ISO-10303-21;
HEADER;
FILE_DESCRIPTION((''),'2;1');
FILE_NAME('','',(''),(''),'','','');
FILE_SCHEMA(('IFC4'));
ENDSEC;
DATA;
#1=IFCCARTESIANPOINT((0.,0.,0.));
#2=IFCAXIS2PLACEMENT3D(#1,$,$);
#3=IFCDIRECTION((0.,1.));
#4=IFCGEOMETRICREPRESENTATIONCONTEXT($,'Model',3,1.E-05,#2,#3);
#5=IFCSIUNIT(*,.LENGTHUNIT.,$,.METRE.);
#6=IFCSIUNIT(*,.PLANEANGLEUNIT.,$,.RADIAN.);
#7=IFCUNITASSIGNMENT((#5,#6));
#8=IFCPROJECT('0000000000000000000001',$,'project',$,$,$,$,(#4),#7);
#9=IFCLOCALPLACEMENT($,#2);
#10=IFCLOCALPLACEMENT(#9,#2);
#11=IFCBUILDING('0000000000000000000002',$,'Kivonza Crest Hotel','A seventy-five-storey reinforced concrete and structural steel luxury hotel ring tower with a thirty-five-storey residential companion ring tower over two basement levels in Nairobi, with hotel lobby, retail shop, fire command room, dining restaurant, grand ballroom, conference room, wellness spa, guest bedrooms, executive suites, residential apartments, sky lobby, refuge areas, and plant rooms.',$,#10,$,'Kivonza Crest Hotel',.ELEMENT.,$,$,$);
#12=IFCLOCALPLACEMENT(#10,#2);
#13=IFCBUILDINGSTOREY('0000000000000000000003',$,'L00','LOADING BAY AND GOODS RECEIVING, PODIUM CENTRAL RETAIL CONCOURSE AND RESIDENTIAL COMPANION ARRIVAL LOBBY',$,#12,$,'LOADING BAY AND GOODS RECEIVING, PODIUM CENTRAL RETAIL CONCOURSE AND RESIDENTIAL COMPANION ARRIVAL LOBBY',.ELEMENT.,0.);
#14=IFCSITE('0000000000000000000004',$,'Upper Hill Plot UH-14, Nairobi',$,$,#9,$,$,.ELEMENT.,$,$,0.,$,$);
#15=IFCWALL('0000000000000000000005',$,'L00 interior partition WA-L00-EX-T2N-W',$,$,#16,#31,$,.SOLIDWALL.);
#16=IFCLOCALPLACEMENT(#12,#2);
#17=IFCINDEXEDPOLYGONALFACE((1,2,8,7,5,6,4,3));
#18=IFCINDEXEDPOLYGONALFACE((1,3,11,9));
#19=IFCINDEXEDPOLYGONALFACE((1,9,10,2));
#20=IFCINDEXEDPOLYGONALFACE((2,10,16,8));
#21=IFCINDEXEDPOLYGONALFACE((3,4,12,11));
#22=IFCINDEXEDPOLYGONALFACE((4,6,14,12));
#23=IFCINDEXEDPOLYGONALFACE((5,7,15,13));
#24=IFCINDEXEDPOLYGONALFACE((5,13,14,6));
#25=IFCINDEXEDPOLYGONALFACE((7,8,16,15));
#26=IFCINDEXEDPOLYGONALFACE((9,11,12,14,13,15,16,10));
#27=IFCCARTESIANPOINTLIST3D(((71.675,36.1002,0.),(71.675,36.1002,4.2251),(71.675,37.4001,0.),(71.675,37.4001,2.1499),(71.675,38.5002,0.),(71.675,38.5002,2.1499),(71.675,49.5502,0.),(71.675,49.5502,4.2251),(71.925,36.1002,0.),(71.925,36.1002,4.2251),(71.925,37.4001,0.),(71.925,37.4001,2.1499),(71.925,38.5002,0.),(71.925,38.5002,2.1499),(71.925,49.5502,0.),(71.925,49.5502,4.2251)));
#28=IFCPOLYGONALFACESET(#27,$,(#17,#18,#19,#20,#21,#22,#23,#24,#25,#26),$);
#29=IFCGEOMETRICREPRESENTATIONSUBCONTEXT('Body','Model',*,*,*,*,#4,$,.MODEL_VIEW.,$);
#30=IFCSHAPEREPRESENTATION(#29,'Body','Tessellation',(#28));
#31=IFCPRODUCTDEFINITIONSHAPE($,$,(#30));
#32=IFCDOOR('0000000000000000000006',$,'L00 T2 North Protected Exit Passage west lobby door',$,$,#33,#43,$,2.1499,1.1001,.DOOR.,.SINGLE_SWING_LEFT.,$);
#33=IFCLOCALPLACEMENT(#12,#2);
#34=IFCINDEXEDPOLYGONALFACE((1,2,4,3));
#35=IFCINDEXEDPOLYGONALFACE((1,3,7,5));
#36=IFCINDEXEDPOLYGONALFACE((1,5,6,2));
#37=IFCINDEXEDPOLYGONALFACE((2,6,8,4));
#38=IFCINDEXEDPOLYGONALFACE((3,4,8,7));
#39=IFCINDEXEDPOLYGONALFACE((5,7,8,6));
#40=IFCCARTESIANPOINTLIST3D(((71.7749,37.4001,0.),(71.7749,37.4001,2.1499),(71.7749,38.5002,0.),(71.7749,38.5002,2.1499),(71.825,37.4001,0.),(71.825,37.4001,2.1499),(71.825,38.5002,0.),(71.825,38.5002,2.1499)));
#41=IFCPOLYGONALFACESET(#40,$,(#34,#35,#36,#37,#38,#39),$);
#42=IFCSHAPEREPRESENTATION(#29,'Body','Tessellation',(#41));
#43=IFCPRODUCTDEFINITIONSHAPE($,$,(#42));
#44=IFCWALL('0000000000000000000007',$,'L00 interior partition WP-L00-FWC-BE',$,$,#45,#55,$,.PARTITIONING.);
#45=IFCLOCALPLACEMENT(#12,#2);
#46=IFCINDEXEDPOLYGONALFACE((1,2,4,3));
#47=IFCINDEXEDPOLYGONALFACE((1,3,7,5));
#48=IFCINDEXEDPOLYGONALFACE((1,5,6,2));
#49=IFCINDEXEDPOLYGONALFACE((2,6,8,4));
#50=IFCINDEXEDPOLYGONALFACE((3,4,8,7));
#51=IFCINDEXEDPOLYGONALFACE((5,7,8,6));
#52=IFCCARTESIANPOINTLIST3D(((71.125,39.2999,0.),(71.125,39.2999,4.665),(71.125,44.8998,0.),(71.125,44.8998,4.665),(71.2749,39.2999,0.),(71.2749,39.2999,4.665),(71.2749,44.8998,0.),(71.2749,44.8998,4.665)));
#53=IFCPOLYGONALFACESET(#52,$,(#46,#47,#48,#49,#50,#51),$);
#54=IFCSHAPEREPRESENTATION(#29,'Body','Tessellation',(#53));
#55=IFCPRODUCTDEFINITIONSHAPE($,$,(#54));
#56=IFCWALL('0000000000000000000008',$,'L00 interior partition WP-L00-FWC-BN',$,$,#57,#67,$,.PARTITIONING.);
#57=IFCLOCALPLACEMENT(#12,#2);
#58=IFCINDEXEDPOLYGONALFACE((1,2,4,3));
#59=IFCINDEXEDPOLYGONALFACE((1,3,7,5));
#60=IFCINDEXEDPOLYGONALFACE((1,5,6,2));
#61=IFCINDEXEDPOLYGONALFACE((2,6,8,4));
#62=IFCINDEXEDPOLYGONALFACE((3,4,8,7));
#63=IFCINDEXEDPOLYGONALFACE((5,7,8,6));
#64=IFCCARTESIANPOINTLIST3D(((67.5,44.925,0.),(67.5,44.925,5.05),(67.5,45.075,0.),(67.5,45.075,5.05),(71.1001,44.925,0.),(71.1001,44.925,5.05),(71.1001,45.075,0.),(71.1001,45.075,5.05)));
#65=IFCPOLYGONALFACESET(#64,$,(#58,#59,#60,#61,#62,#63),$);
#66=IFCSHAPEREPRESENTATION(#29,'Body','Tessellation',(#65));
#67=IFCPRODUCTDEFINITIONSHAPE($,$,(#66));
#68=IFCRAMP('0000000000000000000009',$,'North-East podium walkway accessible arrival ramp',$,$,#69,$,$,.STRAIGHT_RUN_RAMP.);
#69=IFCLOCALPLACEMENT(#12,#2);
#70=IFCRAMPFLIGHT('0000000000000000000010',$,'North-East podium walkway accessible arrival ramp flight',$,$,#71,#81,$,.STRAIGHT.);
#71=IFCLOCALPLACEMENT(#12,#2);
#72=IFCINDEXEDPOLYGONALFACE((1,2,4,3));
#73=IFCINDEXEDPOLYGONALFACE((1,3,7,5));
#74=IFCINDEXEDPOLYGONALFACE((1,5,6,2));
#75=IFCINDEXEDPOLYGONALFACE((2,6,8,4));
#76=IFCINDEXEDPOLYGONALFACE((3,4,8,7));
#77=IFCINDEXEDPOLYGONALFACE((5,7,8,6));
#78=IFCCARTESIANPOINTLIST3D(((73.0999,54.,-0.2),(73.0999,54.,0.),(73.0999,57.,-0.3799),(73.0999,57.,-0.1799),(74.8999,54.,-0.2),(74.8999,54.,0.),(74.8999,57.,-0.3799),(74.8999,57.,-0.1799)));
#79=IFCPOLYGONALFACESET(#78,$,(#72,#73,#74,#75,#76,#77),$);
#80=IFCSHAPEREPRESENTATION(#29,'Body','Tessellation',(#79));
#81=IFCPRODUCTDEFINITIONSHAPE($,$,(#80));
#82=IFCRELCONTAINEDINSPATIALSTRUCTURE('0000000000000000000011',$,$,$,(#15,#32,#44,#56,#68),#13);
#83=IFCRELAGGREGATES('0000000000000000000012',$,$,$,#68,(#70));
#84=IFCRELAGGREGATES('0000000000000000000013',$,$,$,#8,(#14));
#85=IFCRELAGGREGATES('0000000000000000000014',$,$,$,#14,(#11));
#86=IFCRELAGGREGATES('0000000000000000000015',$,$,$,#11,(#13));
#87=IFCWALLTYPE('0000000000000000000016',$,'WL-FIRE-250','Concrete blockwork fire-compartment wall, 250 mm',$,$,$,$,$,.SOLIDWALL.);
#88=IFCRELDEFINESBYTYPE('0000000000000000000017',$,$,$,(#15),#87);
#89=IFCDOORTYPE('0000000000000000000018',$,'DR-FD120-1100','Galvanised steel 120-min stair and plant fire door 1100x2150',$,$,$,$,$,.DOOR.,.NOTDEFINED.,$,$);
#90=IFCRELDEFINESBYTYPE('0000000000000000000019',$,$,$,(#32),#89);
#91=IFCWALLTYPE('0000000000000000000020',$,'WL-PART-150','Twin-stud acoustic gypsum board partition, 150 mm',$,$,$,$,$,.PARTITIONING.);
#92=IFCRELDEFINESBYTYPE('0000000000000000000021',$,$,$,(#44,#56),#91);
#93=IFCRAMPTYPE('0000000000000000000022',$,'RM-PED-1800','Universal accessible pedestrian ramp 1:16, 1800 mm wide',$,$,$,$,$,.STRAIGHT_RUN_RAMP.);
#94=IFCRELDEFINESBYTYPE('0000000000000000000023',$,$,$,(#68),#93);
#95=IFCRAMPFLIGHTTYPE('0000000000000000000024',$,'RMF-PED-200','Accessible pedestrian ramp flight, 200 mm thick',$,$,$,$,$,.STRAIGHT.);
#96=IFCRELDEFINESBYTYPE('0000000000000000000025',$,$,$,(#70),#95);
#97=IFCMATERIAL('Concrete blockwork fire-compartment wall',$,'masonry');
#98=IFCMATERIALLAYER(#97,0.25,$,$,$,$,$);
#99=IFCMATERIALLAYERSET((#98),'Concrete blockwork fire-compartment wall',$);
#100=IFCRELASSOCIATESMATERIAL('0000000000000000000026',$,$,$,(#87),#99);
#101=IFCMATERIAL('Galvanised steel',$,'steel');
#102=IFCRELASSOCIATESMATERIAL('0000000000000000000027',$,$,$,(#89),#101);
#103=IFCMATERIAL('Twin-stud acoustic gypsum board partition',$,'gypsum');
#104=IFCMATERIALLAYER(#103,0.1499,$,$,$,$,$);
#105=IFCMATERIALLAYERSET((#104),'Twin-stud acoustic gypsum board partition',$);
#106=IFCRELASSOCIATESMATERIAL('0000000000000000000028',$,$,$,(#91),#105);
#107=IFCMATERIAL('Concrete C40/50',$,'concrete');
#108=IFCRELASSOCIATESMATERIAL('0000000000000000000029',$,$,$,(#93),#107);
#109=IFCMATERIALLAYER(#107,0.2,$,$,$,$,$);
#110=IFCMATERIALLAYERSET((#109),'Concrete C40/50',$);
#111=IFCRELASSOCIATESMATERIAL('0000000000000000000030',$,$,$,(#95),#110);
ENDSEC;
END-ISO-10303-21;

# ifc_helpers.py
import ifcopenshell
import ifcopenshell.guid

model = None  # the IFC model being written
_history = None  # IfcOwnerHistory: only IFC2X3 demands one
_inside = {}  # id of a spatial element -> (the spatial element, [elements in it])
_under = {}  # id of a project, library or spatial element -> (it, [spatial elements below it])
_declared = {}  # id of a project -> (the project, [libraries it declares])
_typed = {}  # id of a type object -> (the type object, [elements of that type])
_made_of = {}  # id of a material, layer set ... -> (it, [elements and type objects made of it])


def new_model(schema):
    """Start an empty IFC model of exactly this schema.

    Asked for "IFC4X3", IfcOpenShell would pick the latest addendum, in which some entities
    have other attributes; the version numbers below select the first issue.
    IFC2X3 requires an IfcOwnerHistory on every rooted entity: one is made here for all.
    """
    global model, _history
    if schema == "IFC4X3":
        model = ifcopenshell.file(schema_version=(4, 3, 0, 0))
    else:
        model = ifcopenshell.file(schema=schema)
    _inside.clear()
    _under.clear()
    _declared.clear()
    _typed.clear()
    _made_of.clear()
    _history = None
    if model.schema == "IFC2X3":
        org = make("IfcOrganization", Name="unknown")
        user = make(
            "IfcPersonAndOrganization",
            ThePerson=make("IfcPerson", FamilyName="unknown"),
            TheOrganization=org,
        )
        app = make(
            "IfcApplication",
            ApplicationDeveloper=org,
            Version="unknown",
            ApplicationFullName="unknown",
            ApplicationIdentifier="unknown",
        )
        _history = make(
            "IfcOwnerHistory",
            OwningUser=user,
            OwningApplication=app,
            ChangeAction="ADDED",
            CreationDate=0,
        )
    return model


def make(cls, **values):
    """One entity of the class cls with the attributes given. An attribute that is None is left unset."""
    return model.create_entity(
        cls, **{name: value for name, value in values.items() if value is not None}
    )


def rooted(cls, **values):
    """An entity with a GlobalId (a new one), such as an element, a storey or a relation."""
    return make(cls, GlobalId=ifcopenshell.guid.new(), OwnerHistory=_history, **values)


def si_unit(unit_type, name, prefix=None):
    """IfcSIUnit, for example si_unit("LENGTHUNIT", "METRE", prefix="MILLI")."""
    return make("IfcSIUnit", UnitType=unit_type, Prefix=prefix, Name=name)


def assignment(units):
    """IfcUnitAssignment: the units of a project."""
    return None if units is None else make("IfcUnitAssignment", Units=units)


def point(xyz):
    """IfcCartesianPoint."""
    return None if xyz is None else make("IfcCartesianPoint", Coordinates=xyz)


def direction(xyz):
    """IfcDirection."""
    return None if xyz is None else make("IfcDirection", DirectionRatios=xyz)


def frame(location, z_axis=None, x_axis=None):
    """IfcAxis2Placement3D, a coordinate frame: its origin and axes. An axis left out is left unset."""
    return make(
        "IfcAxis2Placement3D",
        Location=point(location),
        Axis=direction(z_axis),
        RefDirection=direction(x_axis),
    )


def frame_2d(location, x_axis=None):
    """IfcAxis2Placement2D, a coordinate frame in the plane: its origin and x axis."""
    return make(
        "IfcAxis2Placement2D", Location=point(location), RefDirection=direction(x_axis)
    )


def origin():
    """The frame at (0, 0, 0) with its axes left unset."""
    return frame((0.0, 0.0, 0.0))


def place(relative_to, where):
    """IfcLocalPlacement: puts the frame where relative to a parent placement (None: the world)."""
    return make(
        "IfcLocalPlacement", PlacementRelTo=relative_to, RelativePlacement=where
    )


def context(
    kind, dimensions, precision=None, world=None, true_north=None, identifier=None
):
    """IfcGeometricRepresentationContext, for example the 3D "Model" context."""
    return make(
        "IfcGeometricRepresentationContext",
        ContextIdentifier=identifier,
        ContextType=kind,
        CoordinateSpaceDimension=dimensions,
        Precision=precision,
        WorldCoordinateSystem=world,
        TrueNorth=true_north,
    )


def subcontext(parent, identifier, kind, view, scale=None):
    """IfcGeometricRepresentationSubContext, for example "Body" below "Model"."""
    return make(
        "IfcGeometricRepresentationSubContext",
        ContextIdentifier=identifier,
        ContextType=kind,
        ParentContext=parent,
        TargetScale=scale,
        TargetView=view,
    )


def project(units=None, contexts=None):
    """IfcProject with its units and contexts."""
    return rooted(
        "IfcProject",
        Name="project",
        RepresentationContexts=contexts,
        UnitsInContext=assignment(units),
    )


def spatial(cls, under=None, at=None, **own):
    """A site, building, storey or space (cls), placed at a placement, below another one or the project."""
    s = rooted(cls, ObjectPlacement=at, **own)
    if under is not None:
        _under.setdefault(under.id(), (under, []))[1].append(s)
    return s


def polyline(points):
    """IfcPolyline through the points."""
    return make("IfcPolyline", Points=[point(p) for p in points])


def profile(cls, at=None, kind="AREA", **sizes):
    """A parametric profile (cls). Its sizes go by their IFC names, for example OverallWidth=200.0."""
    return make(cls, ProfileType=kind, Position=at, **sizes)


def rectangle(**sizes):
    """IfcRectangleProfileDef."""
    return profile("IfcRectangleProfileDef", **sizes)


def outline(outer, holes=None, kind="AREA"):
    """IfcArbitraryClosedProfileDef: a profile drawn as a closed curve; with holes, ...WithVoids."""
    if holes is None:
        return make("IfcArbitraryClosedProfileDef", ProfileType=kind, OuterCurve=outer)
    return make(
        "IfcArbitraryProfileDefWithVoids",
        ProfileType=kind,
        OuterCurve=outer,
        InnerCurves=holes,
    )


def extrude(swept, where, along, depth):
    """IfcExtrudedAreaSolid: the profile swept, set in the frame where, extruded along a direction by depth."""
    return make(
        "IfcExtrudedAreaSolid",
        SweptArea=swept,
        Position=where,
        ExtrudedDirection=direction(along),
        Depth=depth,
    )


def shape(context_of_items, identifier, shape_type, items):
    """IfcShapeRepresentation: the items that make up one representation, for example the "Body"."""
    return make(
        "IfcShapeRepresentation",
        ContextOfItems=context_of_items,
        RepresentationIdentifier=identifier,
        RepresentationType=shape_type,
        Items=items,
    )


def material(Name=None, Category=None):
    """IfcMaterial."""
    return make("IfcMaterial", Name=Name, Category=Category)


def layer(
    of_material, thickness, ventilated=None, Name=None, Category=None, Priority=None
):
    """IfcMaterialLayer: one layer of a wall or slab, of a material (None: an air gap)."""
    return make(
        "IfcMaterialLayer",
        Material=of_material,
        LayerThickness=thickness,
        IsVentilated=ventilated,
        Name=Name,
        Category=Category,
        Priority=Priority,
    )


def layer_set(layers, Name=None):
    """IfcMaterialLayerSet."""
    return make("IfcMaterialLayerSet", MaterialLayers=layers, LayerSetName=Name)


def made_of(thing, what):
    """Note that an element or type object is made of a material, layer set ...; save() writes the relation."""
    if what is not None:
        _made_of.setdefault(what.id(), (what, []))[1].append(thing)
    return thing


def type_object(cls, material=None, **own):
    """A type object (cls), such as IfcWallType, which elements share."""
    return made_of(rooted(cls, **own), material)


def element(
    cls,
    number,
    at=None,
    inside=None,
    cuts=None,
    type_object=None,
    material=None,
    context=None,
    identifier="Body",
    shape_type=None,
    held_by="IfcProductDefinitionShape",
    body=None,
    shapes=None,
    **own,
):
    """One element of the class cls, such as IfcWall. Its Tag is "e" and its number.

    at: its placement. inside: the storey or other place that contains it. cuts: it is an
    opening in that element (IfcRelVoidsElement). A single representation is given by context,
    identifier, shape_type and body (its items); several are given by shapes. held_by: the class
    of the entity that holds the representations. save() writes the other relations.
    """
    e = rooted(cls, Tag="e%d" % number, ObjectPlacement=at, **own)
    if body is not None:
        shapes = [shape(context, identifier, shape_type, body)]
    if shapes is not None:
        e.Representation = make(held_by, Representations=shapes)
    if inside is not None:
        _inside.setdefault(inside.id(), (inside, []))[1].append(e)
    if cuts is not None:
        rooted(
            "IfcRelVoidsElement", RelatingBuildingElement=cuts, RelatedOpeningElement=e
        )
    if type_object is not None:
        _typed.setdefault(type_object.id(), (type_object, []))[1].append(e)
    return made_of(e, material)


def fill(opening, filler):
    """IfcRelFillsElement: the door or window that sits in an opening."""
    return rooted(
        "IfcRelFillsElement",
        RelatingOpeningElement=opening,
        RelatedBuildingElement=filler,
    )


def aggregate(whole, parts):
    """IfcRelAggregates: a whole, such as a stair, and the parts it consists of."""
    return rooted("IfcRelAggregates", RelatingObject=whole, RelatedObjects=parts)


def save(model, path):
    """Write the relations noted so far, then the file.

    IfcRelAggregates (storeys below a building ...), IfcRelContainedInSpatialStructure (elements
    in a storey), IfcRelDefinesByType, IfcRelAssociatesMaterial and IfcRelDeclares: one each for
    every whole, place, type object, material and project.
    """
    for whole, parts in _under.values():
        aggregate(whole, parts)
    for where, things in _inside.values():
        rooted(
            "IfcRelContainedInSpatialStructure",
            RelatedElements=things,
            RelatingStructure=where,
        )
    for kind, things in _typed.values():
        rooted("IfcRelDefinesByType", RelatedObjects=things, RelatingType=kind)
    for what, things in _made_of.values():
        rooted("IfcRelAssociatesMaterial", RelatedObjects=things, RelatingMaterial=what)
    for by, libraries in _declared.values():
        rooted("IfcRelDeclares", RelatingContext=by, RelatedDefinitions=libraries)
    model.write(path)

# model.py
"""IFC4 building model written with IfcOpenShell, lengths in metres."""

from ifc_helpers import new_model, si_unit, direction, frame, frame_2d, origin, place, context, subcontext, project, spatial, polyline, rectangle, outline, extrude, material, layer, layer_set, type_object, element, fill, aggregate, save


model = new_model("IFC4")

# Units and contexts
model_context = context("Model", 3, precision=1e-05, world=origin(), true_north=direction((0.0, 1.0)))
body_context = subcontext(model_context, "Body", "Model", "MODEL_VIEW")
ifc_project = project(units=[si_unit("LENGTHUNIT", "METRE"), si_unit("PLANEANGLEUNIT", "RADIAN")], contexts=[model_context])

# Site, building, storey
site_placement = place(None, origin())
site = spatial("IfcSite", under=ifc_project, at=site_placement, Name="Upper Hill Plot UH-14, Nairobi", CompositionType="ELEMENT", RefElevation=0.0)
building_placement = place(site_placement, origin())
building = spatial("IfcBuilding", under=site, at=building_placement, Name="Kivonza Crest Hotel", Description="A seventy-five-storey reinforced concrete and structural steel luxury hotel ring tower with a thirty-five-storey residential companion ring tower over two basement levels in Nairobi, with hotel lobby, retail shop, fire command room, dining restaurant, grand ballroom, conference room, wellness spa, guest bedrooms, executive suites, residential apartments, sky lobby, refuge areas, and plant rooms.", LongName="Kivonza Crest Hotel", CompositionType="ELEMENT")
storey_placement = place(building_placement, origin())
storey = spatial("IfcBuildingStorey", under=building, at=storey_placement, Name="L00", Description="LOADING BAY AND GOODS RECEIVING, PODIUM CENTRAL RETAIL CONCOURSE AND RESIDENTIAL COMPANION ARRIVAL LOBBY", LongName="LOADING BAY AND GOODS RECEIVING, PODIUM CENTRAL RETAIL CONCOURSE AND RESIDENTIAL COMPANION ARRIVAL LOBBY", CompositionType="ELEMENT", Elevation=0.0)

# Shared definitions
ifc_material_1 = material(Name="Concrete C40/50", Category="concrete")

# Wall, opening, door
ifc_material_2 = material(Name="Concrete blockwork fire-compartment wall", Category="masonry")
ifc_layer_1 = layer(ifc_material_2, 0.25)
ifc_layer_set_1 = layer_set([ifc_layer_1], Name="Concrete blockwork fire-compartment wall")
wall_type_1 = type_object("IfcWallType", Name="WL-FIRE-250", Description="Concrete blockwork fire-compartment wall, 250 mm", PredefinedType="SOLIDWALL", material=ifc_layer_set_1)
wall_1_placement = place(storey_placement, frame((71.8, 36.1001, 0.0), z_axis=(0.0, 0.0, 1.0), x_axis=(0.0, 1.0, 0.0)))
wall_1 = element("IfcWall", 1, at=wall_1_placement, inside=storey, type_object=wall_type_1, Name="L00 interior partition WA-L00-EX-T2N-W", PredefinedType="SOLIDWALL", context=body_context, shape_type="SweptSolid", body=[
    extrude(rectangle(XDim=13.45, YDim=0.25, at=frame_2d((6.7251, 0.0))), origin(), (0.0, 0.0, 1.0), 4.2251),
])
opening_placement = place(wall_1_placement, frame((1.3, 0.0, 0.0)))
opening = element("IfcOpeningElement", 2, at=opening_placement, cuts=wall_1, PredefinedType="OPENING", context=body_context, shape_type="SweptSolid", body=[
    extrude(rectangle(XDim=1.1001, YDim=2.1499, at=frame_2d((0.55, 1.075))), frame((0.0, 0.135, 0.0), z_axis=(0.0, -1.0, 0.0), x_axis=(1.0, 0.0, 0.0)), (0.0, 0.0, 1.0), 0.27),
])
ifc_material_3 = material(Name="Galvanised steel", Category="steel")
door_type = type_object("IfcDoorType", Name="DR-FD120-1100", Description="Galvanised steel 120-min stair and plant fire door 1100x2150", OperationType="NOTDEFINED", PredefinedType="DOOR", material=ifc_material_3)
door_placement = place(opening_placement, frame((1.1001, 0.0, 0.0), z_axis=(0.0, 0.0, 1.0), x_axis=(-1.0, 0.0, 0.0)))
door = element("IfcDoor", 3, at=door_placement, inside=storey, type_object=door_type, Name="L00 T2 North Protected Exit Passage west lobby door", OperationType="SINGLE_SWING_LEFT", OverallHeight=2.1499, OverallWidth=1.1001, PredefinedType="DOOR", context=body_context, shape_type="SweptSolid", body=[
    extrude(rectangle(XDim=1.1001, YDim=2.1499, at=frame_2d((0.55, 1.075))), frame((0.0, 0.0249, 0.0), z_axis=(0.0, -1.0, 0.0), x_axis=(1.0, 0.0, 0.0)), (0.0, 0.0, 1.0), 0.05),
])
fill(opening, door)

# Walls
ifc_material_4 = material(Name="Twin-stud acoustic gypsum board partition", Category="gypsum")
ifc_layer_2 = layer(ifc_material_4, 0.1499)
ifc_layer_set_2 = layer_set([ifc_layer_2], Name="Twin-stud acoustic gypsum board partition")
wall_type_2 = type_object("IfcWallType", Name="WL-PART-150", Description="Twin-stud acoustic gypsum board partition, 150 mm", PredefinedType="PARTITIONING", material=ifc_layer_set_2)
wall_2_placement = place(storey_placement, frame((71.2, 39.3, 0.0), z_axis=(0.0, 0.0, 1.0), x_axis=(0.0, 1.0, 0.0)))
element("IfcWall", 4, at=wall_2_placement, inside=storey, type_object=wall_type_2, Name="L00 interior partition WP-L00-FWC-BE", PredefinedType="PARTITIONING", context=body_context, shape_type="SweptSolid", body=[
    extrude(rectangle(XDim=5.5999, YDim=0.1499, at=frame_2d((2.7998, 0.0))), origin(), (0.0, 0.0, 1.0), 4.665),
])
wall_3_placement = place(storey_placement, frame((67.5, 45.0, 0.0), z_axis=(0.0, 0.0, 1.0), x_axis=(1.0, 0.0, 0.0)))
element("IfcWall", 5, at=wall_3_placement, inside=storey, type_object=wall_type_2, Name="L00 interior partition WP-L00-FWC-BN", PredefinedType="PARTITIONING", context=body_context, shape_type="SweptSolid", body=[
    extrude(rectangle(XDim=3.6001, YDim=0.1499, at=frame_2d((1.8, 0.0))), origin(), (0.0, 0.0, 1.0), 5.05),
])

# Ramp, ramp flight
ramp_type = type_object("IfcRampType", Name="RM-PED-1800", Description="Universal accessible pedestrian ramp 1:16, 1800 mm wide", PredefinedType="STRAIGHT_RUN_RAMP", material=ifc_material_1)
ramp_placement = place(storey_placement, origin())
ramp = element("IfcRamp", 6, at=ramp_placement, inside=storey, type_object=ramp_type, Name="North-East podium walkway accessible arrival ramp", PredefinedType="STRAIGHT_RUN_RAMP")
ifc_layer_3 = layer(ifc_material_1, 0.2)
ifc_layer_set_3 = layer_set([ifc_layer_3], Name="Concrete C40/50")
ramp_flight_type = type_object("IfcRampFlightType", Name="RMF-PED-200", Description="Accessible pedestrian ramp flight, 200 mm thick", PredefinedType="STRAIGHT", material=ifc_layer_set_3)
ramp_flight_placement = place(storey_placement, frame((74.0, 57.0, -0.1799), z_axis=(0.0, 0.0, 1.0), x_axis=(0.0, -1.0, 0.0)))
ramp_flight = element("IfcRampFlight", 7, at=ramp_flight_placement, type_object=ramp_flight_type, Name="North-East podium walkway accessible arrival ramp flight", PredefinedType="STRAIGHT", context=body_context, shape_type="SweptSolid", body=[
    extrude(outline(polyline([(0.0, 0.0), (3.0, 0.1799), (3.0, -0.02), (0.0, -0.2), (0.0, 0.0)])), frame((0.0, 0.8999, 0.0), z_axis=(0.0, -1.0, 0.0), x_axis=(1.0, 0.0, 0.0)), (0.0, 0.0, 1.0), 1.8),
])
aggregate(ramp, [ramp_flight])

save(model, "model.ifc")
